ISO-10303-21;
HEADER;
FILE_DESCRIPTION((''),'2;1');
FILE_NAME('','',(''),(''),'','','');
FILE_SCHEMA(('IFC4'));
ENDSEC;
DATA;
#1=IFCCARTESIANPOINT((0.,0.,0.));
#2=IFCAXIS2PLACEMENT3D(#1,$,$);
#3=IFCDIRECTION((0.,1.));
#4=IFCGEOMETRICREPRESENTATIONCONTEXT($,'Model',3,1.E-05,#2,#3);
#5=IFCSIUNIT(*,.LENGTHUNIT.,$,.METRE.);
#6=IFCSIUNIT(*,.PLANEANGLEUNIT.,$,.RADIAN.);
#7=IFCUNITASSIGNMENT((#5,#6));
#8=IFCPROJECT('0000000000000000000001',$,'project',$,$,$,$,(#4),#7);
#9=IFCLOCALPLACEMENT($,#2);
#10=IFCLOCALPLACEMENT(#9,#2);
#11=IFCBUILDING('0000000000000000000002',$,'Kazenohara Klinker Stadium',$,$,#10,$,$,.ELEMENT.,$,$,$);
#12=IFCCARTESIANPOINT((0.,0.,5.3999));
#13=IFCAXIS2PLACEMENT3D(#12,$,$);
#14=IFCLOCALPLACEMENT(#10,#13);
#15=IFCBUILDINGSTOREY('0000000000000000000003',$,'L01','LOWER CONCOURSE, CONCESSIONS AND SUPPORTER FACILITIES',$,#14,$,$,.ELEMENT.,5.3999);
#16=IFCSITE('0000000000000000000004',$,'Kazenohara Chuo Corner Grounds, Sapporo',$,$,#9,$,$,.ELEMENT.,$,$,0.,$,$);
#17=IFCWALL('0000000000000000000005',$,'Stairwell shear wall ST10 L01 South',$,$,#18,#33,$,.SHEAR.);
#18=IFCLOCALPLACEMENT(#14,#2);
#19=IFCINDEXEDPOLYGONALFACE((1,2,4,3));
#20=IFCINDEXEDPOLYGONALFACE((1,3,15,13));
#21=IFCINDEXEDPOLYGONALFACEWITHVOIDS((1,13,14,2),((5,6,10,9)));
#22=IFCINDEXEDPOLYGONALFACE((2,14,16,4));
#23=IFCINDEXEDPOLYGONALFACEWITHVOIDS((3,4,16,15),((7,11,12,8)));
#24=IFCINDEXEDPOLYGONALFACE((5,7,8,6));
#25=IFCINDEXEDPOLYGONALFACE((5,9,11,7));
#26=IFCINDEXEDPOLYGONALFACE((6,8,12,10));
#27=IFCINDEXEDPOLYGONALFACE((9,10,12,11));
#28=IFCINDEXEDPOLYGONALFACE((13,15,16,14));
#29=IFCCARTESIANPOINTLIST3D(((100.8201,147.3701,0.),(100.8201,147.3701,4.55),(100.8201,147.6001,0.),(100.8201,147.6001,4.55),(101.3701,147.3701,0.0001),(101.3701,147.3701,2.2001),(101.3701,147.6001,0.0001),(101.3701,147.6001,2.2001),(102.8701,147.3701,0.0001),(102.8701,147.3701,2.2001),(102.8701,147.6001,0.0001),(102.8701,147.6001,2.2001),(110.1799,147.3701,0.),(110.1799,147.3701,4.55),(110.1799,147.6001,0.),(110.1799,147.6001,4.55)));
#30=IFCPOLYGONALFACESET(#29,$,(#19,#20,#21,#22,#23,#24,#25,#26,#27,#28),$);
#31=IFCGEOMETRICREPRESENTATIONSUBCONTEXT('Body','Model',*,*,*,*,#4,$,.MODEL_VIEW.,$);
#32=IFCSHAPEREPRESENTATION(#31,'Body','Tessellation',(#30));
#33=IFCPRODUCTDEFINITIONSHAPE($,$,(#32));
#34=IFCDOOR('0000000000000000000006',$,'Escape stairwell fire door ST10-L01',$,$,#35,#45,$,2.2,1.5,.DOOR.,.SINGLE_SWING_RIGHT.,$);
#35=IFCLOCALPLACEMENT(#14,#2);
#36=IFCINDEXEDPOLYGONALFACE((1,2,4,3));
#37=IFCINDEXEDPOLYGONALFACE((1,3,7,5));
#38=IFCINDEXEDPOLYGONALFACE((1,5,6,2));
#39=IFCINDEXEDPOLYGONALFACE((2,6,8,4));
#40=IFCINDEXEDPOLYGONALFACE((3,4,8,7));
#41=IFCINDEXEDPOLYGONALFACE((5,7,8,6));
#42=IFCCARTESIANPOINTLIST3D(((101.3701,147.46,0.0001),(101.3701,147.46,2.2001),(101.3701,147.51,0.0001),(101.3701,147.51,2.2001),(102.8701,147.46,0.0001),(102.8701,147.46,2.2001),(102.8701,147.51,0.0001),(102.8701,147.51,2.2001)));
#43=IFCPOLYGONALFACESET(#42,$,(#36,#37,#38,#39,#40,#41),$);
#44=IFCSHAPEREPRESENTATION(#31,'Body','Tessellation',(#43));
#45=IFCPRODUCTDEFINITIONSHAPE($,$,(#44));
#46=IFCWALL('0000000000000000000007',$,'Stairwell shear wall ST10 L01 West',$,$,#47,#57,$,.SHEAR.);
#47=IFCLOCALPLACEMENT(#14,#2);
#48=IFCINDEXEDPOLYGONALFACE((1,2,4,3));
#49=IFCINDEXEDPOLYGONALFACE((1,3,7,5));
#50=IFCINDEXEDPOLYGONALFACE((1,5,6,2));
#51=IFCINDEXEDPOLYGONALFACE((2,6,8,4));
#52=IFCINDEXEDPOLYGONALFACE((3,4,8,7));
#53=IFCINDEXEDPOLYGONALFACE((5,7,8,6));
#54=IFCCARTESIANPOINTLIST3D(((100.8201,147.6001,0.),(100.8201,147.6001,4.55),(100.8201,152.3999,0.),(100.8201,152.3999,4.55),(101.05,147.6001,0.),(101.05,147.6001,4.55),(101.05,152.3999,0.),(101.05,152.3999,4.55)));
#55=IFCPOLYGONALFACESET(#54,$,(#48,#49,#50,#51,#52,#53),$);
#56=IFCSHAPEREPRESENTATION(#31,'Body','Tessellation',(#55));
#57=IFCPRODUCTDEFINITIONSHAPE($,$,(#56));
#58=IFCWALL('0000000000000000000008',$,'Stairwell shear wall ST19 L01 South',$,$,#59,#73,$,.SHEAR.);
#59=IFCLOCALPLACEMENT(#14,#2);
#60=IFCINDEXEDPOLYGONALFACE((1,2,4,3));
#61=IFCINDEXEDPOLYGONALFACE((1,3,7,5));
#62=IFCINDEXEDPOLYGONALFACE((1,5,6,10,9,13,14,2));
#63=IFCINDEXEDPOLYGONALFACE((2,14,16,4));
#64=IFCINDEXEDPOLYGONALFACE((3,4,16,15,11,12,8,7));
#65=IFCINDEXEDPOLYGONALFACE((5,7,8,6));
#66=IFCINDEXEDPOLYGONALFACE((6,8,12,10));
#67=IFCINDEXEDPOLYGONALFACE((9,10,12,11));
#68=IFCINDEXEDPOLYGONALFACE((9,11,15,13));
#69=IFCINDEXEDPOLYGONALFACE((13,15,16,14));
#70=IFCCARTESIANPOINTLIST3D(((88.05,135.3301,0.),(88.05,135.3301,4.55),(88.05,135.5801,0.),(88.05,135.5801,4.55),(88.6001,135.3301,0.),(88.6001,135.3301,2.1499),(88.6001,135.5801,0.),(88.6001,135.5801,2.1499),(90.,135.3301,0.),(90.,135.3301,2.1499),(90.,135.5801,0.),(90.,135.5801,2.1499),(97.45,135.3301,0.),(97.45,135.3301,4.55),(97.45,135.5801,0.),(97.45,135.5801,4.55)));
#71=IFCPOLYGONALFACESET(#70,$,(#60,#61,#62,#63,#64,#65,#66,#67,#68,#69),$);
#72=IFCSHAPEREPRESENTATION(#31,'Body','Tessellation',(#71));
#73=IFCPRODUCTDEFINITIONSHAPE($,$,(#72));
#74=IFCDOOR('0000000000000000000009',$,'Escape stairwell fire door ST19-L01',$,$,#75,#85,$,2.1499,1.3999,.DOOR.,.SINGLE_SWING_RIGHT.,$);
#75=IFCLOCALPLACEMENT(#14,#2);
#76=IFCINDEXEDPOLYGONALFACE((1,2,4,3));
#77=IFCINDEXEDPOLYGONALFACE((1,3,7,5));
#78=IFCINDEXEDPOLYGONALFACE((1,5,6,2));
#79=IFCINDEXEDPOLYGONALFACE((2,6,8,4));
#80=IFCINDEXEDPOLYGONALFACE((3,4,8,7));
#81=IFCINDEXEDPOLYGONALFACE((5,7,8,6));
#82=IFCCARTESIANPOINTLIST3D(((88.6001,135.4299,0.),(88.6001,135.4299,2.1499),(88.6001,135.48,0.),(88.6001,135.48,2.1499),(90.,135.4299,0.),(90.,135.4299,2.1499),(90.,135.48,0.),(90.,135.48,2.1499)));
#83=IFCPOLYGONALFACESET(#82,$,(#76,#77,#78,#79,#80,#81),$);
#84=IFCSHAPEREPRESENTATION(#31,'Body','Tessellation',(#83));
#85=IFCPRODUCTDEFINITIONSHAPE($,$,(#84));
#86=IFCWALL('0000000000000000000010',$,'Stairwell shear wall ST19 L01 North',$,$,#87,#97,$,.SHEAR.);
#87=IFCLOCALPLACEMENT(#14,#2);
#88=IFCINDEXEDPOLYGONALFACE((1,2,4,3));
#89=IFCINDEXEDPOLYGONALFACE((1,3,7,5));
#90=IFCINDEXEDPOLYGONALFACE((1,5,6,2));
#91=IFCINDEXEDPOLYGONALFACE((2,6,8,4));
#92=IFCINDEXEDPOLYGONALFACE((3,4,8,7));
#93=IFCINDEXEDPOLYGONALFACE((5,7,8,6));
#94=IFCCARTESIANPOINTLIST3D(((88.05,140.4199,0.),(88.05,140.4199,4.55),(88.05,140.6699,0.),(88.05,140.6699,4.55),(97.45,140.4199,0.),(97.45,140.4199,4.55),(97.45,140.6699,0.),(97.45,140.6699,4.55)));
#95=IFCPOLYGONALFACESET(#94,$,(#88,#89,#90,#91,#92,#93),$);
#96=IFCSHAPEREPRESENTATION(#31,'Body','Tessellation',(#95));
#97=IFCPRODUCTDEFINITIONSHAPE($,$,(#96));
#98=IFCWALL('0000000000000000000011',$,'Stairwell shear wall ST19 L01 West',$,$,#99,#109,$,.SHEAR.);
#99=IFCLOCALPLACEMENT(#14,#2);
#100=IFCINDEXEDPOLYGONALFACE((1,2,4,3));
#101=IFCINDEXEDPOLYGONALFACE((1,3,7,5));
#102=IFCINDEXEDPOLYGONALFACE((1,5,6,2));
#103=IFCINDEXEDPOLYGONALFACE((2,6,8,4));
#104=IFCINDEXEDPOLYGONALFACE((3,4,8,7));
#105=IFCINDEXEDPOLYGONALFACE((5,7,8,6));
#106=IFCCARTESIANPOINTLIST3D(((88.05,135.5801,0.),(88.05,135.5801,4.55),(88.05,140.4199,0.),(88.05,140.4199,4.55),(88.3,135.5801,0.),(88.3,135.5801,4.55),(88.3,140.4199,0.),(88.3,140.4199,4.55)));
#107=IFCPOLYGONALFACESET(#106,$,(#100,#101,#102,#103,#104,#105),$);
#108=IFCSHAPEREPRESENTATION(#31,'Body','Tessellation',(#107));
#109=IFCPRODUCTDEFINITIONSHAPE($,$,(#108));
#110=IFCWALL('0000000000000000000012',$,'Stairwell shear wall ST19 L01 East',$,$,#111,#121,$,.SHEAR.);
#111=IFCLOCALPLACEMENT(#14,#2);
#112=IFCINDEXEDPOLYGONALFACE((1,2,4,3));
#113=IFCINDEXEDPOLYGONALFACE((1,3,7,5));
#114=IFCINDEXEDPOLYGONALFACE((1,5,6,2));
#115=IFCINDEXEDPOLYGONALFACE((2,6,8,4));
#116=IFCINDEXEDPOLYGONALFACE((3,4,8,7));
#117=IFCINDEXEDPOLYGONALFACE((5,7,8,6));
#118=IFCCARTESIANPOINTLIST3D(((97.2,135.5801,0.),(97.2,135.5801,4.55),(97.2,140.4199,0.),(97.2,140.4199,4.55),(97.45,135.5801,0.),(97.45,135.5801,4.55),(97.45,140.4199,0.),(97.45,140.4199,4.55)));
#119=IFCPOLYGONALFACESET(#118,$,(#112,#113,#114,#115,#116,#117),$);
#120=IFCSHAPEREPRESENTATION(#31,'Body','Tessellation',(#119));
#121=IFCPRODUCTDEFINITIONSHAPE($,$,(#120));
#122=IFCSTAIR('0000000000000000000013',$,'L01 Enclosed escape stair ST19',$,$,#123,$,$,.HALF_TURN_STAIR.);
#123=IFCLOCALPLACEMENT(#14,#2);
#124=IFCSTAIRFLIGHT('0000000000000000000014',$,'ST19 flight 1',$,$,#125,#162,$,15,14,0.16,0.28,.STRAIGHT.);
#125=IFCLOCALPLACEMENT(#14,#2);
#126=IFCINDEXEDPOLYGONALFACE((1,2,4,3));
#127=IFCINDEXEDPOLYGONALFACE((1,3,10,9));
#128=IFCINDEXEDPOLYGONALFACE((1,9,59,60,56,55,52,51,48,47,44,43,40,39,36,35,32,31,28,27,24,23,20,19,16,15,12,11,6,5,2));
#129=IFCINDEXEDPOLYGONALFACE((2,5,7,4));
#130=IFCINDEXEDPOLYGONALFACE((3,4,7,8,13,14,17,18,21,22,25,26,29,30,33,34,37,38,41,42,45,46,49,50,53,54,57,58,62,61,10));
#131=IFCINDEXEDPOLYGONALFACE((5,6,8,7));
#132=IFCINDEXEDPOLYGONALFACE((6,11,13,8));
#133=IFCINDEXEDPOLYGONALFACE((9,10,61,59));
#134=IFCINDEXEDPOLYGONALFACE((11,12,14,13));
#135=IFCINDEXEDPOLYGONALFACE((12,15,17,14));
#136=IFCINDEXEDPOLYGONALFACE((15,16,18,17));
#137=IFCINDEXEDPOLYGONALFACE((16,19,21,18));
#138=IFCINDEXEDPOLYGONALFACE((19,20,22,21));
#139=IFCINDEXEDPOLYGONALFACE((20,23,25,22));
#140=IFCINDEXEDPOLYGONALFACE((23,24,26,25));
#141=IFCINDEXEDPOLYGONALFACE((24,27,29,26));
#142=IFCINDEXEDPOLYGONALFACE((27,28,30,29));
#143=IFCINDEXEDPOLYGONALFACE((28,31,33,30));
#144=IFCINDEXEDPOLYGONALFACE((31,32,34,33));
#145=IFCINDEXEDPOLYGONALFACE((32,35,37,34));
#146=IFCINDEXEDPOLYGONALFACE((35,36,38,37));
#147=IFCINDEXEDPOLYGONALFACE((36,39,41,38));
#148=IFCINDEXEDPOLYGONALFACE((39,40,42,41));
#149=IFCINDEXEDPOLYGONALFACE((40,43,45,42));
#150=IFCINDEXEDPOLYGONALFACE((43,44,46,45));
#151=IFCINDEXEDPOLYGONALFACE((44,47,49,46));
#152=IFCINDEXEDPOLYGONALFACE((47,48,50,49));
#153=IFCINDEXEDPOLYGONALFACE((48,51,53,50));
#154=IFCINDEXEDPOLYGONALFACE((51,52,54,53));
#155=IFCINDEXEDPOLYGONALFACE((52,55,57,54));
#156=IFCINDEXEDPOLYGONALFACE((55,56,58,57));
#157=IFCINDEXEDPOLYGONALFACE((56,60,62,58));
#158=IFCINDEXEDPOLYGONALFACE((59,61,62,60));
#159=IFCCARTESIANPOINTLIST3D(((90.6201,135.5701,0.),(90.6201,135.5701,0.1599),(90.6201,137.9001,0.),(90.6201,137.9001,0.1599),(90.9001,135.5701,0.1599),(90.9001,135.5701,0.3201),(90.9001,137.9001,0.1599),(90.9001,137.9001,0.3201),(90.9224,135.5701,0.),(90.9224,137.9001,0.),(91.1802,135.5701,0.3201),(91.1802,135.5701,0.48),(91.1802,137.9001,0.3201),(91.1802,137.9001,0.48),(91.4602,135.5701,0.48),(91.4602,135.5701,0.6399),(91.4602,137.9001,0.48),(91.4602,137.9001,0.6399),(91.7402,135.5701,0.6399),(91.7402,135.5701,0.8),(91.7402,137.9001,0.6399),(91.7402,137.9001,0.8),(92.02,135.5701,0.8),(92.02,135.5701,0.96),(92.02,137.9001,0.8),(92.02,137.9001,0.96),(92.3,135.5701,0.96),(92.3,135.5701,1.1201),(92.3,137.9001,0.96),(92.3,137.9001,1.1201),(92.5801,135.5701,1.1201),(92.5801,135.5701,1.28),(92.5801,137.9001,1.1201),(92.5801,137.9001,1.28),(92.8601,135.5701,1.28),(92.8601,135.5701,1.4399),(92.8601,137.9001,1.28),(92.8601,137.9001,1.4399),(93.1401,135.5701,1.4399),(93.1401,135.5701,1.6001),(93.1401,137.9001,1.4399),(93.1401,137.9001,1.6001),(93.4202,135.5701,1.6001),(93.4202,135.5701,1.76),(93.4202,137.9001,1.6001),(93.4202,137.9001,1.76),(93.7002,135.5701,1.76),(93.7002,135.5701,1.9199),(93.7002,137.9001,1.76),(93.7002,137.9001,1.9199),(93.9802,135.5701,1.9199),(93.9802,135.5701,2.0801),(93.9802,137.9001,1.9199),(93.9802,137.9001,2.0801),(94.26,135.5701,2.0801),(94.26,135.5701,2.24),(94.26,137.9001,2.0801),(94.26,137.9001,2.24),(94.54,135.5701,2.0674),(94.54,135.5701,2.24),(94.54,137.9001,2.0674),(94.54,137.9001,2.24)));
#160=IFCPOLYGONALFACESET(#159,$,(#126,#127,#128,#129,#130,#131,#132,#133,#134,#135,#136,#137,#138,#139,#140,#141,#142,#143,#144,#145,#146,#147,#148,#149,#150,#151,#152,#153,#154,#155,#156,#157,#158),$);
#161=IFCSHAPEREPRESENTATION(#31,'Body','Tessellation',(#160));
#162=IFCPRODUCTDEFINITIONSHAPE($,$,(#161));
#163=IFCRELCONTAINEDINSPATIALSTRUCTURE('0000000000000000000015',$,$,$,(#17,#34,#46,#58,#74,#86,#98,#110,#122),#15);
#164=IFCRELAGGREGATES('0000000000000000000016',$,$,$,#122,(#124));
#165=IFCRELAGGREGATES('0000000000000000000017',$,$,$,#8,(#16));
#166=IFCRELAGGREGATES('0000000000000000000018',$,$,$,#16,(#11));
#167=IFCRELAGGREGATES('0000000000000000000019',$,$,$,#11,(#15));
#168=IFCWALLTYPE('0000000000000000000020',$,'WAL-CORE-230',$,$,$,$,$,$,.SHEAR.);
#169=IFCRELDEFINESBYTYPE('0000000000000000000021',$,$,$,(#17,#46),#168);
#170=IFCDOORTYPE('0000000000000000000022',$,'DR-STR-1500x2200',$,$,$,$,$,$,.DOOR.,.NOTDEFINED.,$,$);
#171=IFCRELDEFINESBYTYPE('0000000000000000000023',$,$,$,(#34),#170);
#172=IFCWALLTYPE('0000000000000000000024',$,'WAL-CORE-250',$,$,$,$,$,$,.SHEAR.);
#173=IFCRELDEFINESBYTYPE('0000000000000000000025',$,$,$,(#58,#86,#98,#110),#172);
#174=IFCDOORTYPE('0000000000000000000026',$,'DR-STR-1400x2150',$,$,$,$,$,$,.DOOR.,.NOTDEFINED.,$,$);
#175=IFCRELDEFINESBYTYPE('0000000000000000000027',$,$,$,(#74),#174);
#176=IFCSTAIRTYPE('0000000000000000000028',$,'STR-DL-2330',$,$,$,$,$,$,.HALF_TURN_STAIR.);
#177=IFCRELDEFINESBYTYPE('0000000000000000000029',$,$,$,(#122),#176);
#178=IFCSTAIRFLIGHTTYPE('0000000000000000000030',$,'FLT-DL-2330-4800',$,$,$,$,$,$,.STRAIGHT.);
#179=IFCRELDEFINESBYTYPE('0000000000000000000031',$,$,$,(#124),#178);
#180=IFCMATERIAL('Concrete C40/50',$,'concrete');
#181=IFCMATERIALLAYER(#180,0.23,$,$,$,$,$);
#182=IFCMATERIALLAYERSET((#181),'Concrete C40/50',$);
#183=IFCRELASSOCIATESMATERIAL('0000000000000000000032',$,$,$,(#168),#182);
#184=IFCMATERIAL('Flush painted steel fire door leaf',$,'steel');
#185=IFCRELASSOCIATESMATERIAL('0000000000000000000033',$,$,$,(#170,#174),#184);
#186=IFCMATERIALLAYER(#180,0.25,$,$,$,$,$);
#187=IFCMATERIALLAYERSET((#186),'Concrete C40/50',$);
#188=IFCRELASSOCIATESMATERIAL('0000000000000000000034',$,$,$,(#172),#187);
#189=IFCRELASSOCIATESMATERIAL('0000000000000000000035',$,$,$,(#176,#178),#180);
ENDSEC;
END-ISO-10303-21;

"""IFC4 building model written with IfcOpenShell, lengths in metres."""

from ifc_helpers import new_model, si_unit, direction, frame, frame_2d, origin, place, context, subcontext, project, spatial, polyline, rectangle, outline, extrude, material, layer, layer_set, type_object, element, fill, aggregate, save


model = new_model("IFC4")

# Units and contexts
model_context = context("Model", 3, precision=1e-05, world=origin(), true_north=direction((0.0, 1.0)))
body_context = subcontext(model_context, "Body", "Model", "MODEL_VIEW")
ifc_project = project(units=[si_unit("LENGTHUNIT", "METRE"), si_unit("PLANEANGLEUNIT", "RADIAN")], contexts=[model_context])

# Site, building, storey
site_placement = place(None, origin())
site = spatial("IfcSite", under=ifc_project, at=site_placement, Name="Kazenohara Chuo Corner Grounds, Sapporo", CompositionType="ELEMENT", RefElevation=0.0)
building_placement = place(site_placement, origin())
building = spatial("IfcBuilding", under=site, at=building_placement, Name="Kazenohara Klinker Stadium", CompositionType="ELEMENT")
storey_placement = place(building_placement, frame((0.0, 0.0, 5.3999)))
storey = spatial("IfcBuildingStorey", under=building, at=storey_placement, Name="L01", Description="LOWER CONCOURSE, CONCESSIONS AND SUPPORTER FACILITIES", CompositionType="ELEMENT", Elevation=5.3999)

# Shared definitions
ifc_material_1 = material(Name="Concrete C40/50", Category="concrete")

# Wall, opening, door
ifc_layer_1 = layer(ifc_material_1, 0.23)
ifc_layer_set_1 = layer_set([ifc_layer_1], Name="Concrete C40/50")
wall_type_1 = type_object("IfcWallType", Name="WAL-CORE-230", PredefinedType="SHEAR", material=ifc_layer_set_1)
wall_1_placement = place(storey_placement, frame((100.8201, 147.4851, 0.0), z_axis=(0.0, 0.0, 1.0), x_axis=(1.0, 0.0, 0.0)))
wall_1 = element("IfcWall", 1, at=wall_1_placement, inside=storey, type_object=wall_type_1, Name="Stairwell shear wall ST10 L01 South", PredefinedType="SHEAR", context=body_context, shape_type="SweptSolid", body=[
    extrude(rectangle(XDim=9.3599, YDim=0.23, at=frame_2d((4.6799, 0.0))), origin(), (0.0, 0.0, 1.0), 4.55),
])
opening_1_placement = place(wall_1_placement, frame((0.55, 0.0, 0.0)))
opening_1 = element("IfcOpeningElement", 2, at=opening_1_placement, cuts=wall_1, PredefinedType="OPENING", context=body_context, shape_type="SweptSolid", body=[
    extrude(rectangle(XDim=1.5, YDim=2.2, at=frame_2d((0.75, 1.1001))), frame((0.0, 0.125, 0.0), z_axis=(0.0, -1.0, 0.0), x_axis=(1.0, 0.0, 0.0)), (0.0, 0.0, 1.0), 0.25),
])
ifc_material_2 = material(Name="Flush painted steel fire door leaf", Category="steel")
door_type_1 = type_object("IfcDoorType", Name="DR-STR-1500x2200", OperationType="NOTDEFINED", PredefinedType="DOOR", material=ifc_material_2)
door_1_placement = place(opening_1_placement, origin())
door_1 = element("IfcDoor", 3, at=door_1_placement, inside=storey, type_object=door_type_1, Name="Escape stairwell fire door ST10-L01", OperationType="SINGLE_SWING_RIGHT", OverallHeight=2.2, OverallWidth=1.5, PredefinedType="DOOR", context=body_context, shape_type="SweptSolid", body=[
    extrude(rectangle(XDim=1.5, YDim=2.2, at=frame_2d((0.75, 1.1001))), frame((0.0, 0.0249, 0.0), z_axis=(0.0, -1.0, 0.0), x_axis=(1.0, 0.0, 0.0)), (0.0, 0.0, 1.0), 0.05),
])
fill(opening_1, door_1)

# Wall
wall_2_placement = place(storey_placement, frame((100.9351, 147.6001, 0.0), z_axis=(0.0, 0.0, 1.0), x_axis=(0.0, 1.0, 0.0)))
element("IfcWall", 4, at=wall_2_placement, inside=storey, type_object=wall_type_1, Name="Stairwell shear wall ST10 L01 West", PredefinedType="SHEAR", context=body_context, shape_type="SweptSolid", body=[
    extrude(rectangle(XDim=4.7998, YDim=0.23, at=frame_2d((2.3999, 0.0))), origin(), (0.0, 0.0, 1.0), 4.55),
])

# Wall, opening, door
ifc_layer_2 = layer(ifc_material_1, 0.25)
ifc_layer_set_2 = layer_set([ifc_layer_2], Name="Concrete C40/50")
wall_type_2 = type_object("IfcWallType", Name="WAL-CORE-250", PredefinedType="SHEAR", material=ifc_layer_set_2)
wall_3_placement = place(storey_placement, frame((88.05, 135.4551, 0.0), z_axis=(0.0, 0.0, 1.0), x_axis=(1.0, 0.0, 0.0)))
wall_3 = element("IfcWall", 5, at=wall_3_placement, inside=storey, type_object=wall_type_2, Name="Stairwell shear wall ST19 L01 South", PredefinedType="SHEAR", context=body_context, shape_type="SweptSolid", body=[
    extrude(rectangle(XDim=9.3999, YDim=0.25, at=frame_2d((4.7, 0.0))), origin(), (0.0, 0.0, 1.0), 4.55),
])
opening_2_placement = place(wall_3_placement, frame((0.55, 0.0, 0.0)))
opening_2 = element("IfcOpeningElement", 6, at=opening_2_placement, cuts=wall_3, PredefinedType="OPENING", context=body_context, shape_type="SweptSolid", body=[
    extrude(rectangle(XDim=1.3999, YDim=2.1499, at=frame_2d((0.7, 1.075))), frame((0.0, 0.135, 0.0), z_axis=(0.0, -1.0, 0.0), x_axis=(1.0, 0.0, 0.0)), (0.0, 0.0, 1.0), 0.27),
])
door_type_2 = type_object("IfcDoorType", Name="DR-STR-1400x2150", OperationType="NOTDEFINED", PredefinedType="DOOR", material=ifc_material_2)
door_2_placement = place(opening_2_placement, origin())
door_2 = element("IfcDoor", 7, at=door_2_placement, inside=storey, type_object=door_type_2, Name="Escape stairwell fire door ST19-L01", OperationType="SINGLE_SWING_RIGHT", OverallHeight=2.1499, OverallWidth=1.3999, PredefinedType="DOOR", context=body_context, shape_type="SweptSolid", body=[
    extrude(rectangle(XDim=1.3999, YDim=2.1499, at=frame_2d((0.7, 1.075))), frame((0.0, 0.0249, 0.0), z_axis=(0.0, -1.0, 0.0), x_axis=(1.0, 0.0, 0.0)), (0.0, 0.0, 1.0), 0.05),
])
fill(opening_2, door_2)

# Walls
wall_4_placement = place(storey_placement, frame((88.05, 140.5449, 0.0), z_axis=(0.0, 0.0, 1.0), x_axis=(1.0, 0.0, 0.0)))
element("IfcWall", 8, at=wall_4_placement, inside=storey, type_object=wall_type_2, Name="Stairwell shear wall ST19 L01 North", PredefinedType="SHEAR", context=body_context, shape_type="SweptSolid", body=[
    extrude(rectangle(XDim=9.3999, YDim=0.25, at=frame_2d((4.7, 0.0))), origin(), (0.0, 0.0, 1.0), 4.55),
])
for number, where, z_axis, x_axis, name in (
    (9, (88.175, 135.5801, 0.0), (0.0, 0.0, 1.0), (0.0, 1.0, 0.0), "Stairwell shear wall ST19 L01 West"),
    (10, (97.325, 135.5801, 0.0), (0.0, 0.0, 1.0), (0.0, 1.0, 0.0), "Stairwell shear wall ST19 L01 East"),
):
    element("IfcWall", number, at=place(storey_placement, frame(where, z_axis=z_axis, x_axis=x_axis)), inside=storey, type_object=wall_type_2, Name=name, PredefinedType="SHEAR", context=body_context, shape_type="SweptSolid", body=[
        extrude(rectangle(XDim=4.8398, YDim=0.25, at=frame_2d((2.4199, 0.0))), origin(), (0.0, 0.0, 1.0), 4.55),
    ])

# Stair, stair flight
stair_type = type_object("IfcStairType", Name="STR-DL-2330", PredefinedType="HALF_TURN_STAIR", material=ifc_material_1)
stair_placement = place(storey_placement, origin())
stair = element("IfcStair", 11, at=stair_placement, inside=storey, type_object=stair_type, Name="L01 Enclosed escape stair ST19", PredefinedType="HALF_TURN_STAIR")
stair_flight_type = type_object("IfcStairFlightType", Name="FLT-DL-2330-4800", PredefinedType="STRAIGHT", material=ifc_material_1)
stair_flight_1_placement = place(storey_placement, frame((90.6201, 136.7351, 0.0), z_axis=(0.0, 0.0, 1.0), x_axis=(1.0, 0.0, 0.0)))
stair_flight_1 = element("IfcStairFlight", 12, at=stair_flight_1_placement, type_object=stair_flight_type, Name="ST19 flight 1", NumberOfRisers=15, NumberOfTreads=14, PredefinedType="STRAIGHT", RiserHeight=0.16, TreadLength=0.28, context=body_context, shape_type="SweptSolid", body=[
    extrude(outline(polyline([(0.0, 0.0), (0.0, 0.1599), (0.28, 0.1599), (0.28, 0.3201), (0.5601, 0.3201), (0.5601, 0.48), (0.8401, 0.48), (0.8401, 0.6399), (1.1201, 0.6399), (1.1201, 0.8), (1.3999, 0.8), (1.3999, 0.96), (1.6799, 0.96), (1.6799, 1.1201), (1.96, 1.1201), (1.96, 1.28), (2.24, 1.28), (2.24, 1.4399), (2.52, 1.4399), (2.52, 1.6001), (2.8, 1.6001), (2.8, 1.76), (3.0801, 1.76), (3.0801, 1.9199), (3.3601, 1.9199), (3.3601, 2.0801), (3.6399, 2.0801), (3.6399, 2.24), (3.9199, 2.24), (3.9199, 2.3999), (3.9199, 2.0674), (0.3022, 0.0), (0.0, 0.0)])), frame((0.0, 1.165, 0.0), z_axis=(0.0, -1.0, 0.0), x_axis=(1.0, 0.0, 0.0)), (0.0, 0.0, 1.0), 2.3301),
])
aggregate(stair, [stair_flight_1])

save(model, "model.ifc")
